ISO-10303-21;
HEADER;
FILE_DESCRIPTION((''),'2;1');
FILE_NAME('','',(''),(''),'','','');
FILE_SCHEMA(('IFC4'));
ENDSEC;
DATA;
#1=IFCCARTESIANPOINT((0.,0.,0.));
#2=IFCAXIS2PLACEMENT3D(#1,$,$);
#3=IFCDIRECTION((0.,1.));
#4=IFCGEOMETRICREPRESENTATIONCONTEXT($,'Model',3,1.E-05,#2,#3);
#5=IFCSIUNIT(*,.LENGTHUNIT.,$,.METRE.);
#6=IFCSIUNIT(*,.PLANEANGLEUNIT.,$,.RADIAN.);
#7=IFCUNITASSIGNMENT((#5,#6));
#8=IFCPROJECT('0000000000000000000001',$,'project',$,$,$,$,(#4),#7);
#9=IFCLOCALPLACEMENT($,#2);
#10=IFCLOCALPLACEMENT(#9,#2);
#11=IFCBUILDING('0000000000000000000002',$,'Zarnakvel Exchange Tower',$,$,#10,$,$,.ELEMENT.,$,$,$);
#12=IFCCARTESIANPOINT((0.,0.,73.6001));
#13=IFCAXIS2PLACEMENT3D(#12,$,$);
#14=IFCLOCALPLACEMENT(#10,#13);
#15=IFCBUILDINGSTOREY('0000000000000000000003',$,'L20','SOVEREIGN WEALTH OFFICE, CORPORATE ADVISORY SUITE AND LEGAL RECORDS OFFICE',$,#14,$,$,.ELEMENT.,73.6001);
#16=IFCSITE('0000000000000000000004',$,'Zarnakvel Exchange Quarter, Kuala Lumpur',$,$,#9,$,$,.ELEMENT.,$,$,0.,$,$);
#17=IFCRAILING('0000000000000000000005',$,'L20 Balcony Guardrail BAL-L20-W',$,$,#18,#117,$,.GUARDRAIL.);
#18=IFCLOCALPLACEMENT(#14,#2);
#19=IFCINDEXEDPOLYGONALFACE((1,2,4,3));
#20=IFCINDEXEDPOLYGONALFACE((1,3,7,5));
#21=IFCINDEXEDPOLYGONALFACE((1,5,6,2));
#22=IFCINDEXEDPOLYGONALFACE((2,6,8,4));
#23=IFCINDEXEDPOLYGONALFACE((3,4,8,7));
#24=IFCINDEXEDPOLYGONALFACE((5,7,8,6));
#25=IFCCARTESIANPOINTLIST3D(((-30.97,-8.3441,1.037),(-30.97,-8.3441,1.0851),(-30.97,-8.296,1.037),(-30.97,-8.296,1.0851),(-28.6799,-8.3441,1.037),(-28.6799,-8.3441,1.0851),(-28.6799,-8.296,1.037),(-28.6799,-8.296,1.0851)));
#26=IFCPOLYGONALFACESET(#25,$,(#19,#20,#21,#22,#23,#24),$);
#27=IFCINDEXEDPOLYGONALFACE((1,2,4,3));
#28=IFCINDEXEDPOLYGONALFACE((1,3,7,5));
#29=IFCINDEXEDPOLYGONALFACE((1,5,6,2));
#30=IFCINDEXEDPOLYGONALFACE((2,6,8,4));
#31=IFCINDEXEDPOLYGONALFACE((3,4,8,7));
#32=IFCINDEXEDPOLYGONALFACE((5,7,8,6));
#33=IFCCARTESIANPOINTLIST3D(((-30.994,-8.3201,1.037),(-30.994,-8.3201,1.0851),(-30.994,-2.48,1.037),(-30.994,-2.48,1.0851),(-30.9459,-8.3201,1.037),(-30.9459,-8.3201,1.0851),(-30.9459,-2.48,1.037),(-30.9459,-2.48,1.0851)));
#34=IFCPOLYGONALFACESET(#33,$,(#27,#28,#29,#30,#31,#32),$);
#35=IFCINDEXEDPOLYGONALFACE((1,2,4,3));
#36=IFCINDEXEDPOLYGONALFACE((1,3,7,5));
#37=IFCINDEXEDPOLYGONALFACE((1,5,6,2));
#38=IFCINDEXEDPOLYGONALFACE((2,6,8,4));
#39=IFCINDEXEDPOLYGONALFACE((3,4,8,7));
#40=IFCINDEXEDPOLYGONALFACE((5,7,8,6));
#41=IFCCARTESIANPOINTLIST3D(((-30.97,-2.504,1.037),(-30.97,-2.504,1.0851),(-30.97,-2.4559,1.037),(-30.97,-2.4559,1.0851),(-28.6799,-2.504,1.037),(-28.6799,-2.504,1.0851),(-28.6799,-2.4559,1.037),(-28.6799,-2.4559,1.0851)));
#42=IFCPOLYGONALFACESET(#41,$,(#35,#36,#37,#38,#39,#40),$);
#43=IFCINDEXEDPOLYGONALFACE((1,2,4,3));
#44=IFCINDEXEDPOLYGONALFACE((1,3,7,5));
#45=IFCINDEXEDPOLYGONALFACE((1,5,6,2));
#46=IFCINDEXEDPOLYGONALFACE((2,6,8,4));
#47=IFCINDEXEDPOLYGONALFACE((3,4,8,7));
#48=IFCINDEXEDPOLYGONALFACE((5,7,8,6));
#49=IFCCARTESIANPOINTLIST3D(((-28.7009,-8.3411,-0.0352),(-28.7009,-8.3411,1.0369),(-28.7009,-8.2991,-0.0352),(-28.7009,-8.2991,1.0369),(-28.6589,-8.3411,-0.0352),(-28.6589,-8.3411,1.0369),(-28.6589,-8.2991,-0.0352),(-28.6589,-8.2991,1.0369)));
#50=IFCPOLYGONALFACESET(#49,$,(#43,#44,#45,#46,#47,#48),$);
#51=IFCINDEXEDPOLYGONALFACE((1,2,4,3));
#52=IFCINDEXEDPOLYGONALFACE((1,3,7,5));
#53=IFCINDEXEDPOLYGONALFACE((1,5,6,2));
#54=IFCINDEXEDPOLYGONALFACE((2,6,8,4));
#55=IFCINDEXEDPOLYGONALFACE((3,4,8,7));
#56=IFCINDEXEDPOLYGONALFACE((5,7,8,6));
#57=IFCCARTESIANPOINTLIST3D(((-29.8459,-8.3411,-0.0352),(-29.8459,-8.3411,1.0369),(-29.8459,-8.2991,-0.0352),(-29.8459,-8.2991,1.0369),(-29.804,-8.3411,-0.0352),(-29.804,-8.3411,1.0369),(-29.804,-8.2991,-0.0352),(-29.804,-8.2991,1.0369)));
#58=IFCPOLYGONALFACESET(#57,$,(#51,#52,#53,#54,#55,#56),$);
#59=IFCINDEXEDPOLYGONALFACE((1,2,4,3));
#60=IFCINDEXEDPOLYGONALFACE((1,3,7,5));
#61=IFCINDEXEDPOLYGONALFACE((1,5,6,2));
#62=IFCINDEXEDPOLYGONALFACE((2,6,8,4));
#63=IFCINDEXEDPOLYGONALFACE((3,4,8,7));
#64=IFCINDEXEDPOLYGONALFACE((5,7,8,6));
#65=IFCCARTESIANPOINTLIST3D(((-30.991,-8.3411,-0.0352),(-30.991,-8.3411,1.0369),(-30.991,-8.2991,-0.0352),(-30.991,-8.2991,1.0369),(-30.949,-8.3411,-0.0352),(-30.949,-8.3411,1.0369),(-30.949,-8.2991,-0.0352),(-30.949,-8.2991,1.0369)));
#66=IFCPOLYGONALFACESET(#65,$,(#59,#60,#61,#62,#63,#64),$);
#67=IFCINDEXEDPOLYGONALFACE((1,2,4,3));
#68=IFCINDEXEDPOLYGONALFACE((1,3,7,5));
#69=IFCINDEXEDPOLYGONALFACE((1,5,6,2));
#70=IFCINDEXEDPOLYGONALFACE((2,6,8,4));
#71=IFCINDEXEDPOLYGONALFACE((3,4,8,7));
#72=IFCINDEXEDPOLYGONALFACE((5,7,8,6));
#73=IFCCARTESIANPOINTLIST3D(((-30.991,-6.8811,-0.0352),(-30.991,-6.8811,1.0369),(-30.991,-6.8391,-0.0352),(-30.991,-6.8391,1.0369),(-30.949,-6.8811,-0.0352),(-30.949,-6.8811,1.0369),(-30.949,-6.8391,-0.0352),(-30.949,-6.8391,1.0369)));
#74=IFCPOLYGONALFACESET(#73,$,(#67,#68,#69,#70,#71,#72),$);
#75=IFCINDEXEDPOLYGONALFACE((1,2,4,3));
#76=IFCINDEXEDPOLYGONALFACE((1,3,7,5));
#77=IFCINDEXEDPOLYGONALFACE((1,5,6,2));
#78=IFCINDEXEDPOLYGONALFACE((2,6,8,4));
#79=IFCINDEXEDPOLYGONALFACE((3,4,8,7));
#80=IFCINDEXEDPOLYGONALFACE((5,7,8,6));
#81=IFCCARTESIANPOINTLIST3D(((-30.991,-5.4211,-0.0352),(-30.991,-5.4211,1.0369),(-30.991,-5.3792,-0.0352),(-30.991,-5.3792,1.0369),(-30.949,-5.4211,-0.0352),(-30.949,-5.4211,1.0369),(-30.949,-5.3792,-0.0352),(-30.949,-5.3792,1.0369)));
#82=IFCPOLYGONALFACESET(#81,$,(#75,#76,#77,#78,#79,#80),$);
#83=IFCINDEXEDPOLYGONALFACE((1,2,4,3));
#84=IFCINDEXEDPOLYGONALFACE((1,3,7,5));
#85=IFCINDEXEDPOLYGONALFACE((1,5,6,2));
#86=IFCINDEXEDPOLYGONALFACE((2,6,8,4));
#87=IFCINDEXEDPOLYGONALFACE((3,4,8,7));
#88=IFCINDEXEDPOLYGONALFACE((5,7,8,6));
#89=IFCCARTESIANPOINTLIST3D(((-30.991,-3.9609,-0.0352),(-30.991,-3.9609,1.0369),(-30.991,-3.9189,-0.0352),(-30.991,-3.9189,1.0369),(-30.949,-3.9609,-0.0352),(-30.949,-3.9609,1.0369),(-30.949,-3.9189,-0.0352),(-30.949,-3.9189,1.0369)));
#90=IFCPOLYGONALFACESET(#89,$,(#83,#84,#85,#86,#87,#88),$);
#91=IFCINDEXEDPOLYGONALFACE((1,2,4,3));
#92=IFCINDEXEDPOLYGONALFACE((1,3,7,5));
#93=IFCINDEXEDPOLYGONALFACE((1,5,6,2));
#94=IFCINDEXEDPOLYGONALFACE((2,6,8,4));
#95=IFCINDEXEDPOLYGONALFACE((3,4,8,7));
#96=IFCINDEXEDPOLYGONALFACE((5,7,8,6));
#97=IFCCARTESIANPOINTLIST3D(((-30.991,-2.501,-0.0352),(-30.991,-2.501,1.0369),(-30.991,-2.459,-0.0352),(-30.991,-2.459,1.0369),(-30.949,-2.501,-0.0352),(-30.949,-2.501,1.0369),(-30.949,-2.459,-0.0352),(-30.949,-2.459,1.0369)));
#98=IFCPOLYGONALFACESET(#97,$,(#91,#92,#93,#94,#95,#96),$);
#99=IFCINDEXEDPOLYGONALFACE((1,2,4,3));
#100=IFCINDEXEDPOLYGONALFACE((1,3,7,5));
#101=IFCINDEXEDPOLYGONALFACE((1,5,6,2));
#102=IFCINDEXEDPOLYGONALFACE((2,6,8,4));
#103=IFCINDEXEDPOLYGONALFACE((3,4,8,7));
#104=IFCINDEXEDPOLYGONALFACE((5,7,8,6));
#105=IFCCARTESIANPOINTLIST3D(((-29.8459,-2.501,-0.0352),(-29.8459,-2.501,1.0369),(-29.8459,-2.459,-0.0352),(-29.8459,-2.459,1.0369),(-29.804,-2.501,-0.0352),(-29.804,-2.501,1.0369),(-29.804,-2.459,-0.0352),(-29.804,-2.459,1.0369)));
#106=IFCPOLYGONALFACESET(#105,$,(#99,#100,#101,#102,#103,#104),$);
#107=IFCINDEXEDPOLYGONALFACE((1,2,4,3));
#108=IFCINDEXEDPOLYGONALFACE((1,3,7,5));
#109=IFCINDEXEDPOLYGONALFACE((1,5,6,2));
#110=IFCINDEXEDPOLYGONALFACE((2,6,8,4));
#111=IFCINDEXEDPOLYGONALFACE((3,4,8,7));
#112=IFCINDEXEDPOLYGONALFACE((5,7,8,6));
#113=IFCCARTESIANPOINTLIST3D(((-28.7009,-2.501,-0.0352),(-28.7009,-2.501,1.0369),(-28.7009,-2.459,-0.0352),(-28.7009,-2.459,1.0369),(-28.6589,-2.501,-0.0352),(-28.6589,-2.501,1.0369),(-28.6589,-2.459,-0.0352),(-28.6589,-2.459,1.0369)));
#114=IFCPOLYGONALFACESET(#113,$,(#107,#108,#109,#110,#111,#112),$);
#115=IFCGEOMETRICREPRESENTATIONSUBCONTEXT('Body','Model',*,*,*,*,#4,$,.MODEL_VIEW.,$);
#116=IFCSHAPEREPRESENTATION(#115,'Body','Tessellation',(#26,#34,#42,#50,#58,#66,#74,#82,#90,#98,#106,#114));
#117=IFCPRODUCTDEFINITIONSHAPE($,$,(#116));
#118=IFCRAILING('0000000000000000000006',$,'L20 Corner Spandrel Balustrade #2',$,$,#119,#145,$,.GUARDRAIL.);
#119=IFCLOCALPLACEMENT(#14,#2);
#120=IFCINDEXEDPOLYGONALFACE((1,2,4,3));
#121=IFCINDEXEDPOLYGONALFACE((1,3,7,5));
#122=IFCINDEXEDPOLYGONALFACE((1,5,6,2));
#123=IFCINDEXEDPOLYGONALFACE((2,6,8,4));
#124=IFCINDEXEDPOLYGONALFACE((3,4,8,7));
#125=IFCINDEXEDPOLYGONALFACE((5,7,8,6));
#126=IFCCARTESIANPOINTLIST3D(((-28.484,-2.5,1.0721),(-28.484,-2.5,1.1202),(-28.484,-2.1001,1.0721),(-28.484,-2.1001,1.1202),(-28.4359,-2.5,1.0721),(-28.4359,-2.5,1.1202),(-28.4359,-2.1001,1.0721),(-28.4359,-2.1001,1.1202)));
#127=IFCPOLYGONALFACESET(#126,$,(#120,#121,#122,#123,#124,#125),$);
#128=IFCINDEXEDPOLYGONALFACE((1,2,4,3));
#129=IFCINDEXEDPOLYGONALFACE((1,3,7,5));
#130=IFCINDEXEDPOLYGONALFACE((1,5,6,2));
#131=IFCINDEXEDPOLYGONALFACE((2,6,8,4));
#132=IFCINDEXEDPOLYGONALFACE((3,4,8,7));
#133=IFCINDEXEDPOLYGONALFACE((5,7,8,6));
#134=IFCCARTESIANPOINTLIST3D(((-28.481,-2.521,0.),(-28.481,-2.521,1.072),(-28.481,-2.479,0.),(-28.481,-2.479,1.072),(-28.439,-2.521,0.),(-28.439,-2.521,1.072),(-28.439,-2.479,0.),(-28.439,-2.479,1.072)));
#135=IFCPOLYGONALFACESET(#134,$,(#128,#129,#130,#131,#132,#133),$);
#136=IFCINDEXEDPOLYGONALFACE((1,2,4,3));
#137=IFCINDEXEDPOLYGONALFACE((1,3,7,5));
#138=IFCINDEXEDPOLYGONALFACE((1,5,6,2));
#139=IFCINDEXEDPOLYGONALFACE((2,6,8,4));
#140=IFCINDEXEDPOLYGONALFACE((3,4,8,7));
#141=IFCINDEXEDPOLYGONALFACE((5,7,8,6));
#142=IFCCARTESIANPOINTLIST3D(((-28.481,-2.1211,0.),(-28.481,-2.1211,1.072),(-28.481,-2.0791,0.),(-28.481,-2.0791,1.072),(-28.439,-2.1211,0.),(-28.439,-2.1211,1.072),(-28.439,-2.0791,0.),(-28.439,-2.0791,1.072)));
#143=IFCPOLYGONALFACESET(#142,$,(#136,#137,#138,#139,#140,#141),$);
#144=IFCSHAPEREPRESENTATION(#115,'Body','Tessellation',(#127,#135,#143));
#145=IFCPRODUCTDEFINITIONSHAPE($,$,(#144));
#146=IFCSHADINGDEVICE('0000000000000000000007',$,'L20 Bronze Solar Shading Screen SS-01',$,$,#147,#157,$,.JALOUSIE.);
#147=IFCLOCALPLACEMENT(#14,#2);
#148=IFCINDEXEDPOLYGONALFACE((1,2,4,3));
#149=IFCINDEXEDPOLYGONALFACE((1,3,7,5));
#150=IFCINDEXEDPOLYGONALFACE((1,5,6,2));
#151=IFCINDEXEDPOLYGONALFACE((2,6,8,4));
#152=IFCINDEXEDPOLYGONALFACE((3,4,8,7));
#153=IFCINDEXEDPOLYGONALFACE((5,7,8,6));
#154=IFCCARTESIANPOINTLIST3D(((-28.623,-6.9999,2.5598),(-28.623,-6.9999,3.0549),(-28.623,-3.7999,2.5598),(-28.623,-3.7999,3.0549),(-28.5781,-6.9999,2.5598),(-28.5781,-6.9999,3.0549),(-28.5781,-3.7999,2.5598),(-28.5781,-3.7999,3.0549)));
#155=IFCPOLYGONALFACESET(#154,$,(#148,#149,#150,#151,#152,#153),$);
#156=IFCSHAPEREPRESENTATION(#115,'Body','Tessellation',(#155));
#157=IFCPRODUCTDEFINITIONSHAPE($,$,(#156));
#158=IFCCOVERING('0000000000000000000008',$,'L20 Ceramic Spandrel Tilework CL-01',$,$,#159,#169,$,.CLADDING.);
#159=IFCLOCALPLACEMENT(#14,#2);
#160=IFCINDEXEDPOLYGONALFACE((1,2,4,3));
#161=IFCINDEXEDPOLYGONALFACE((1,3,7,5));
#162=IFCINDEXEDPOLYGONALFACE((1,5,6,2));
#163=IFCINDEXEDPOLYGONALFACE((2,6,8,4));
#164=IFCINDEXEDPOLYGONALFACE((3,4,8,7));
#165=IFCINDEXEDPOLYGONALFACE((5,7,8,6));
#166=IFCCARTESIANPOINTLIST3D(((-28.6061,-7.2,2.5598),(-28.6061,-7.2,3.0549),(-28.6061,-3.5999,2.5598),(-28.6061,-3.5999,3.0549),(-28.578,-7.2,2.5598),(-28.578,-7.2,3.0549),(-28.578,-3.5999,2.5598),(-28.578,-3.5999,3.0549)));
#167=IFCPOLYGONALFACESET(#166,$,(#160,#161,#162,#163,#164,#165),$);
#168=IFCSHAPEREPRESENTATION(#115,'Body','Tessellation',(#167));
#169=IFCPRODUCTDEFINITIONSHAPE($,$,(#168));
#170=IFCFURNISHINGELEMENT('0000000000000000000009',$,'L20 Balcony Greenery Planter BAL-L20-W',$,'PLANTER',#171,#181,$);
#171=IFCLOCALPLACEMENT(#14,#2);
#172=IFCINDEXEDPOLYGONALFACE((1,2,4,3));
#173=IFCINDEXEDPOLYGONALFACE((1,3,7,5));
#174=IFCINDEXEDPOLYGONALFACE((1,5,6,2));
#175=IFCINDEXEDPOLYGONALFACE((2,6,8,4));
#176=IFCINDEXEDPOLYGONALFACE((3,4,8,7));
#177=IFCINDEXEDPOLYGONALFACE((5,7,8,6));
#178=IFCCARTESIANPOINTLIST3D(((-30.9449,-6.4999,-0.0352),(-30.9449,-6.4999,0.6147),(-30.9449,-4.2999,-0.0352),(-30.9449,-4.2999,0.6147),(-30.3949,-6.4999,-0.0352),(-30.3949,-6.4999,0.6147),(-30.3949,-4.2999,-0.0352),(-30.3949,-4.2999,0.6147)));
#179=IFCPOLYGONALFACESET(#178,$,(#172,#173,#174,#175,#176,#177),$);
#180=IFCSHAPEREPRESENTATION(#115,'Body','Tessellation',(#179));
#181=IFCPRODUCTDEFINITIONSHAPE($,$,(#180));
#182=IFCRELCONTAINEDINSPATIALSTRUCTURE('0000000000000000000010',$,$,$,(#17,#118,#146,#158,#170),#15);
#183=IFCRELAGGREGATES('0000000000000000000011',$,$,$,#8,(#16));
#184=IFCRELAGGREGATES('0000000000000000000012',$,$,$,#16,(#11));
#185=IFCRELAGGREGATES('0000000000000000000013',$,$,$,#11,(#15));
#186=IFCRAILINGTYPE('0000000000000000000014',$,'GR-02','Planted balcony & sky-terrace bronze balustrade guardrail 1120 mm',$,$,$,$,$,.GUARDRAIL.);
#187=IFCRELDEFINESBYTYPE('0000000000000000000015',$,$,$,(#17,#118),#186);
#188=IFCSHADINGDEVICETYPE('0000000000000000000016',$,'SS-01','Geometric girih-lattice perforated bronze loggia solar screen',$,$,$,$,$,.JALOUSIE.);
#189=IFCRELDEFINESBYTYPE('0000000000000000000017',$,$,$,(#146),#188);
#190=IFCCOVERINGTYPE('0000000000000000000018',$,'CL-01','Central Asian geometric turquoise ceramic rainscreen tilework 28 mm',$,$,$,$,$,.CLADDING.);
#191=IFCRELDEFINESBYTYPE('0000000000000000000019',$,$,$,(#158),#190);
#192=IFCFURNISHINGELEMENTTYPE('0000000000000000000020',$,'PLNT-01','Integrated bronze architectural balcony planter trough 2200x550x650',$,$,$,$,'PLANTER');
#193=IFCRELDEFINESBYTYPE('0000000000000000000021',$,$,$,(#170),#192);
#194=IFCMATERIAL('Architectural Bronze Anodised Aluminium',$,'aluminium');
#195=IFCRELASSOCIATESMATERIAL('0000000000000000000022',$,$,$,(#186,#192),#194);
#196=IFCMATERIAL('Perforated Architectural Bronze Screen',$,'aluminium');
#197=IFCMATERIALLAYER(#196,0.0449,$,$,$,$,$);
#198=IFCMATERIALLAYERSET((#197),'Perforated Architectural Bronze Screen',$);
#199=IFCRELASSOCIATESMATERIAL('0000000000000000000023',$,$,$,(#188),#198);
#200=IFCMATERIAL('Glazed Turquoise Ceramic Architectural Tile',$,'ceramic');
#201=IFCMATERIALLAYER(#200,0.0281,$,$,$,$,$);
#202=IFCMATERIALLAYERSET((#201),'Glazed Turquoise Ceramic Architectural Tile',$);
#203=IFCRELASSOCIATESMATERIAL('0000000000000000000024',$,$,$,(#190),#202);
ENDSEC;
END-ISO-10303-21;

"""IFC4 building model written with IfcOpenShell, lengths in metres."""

from ifc_helpers import new_model, si_unit, direction, frame, origin, origin_2d, place, context, subcontext, project, spatial, rectangle, extrude, source, transform, mapped, material, layer, layer_set, type_object, element, save


model = new_model("IFC4")

# Units and contexts
model_context = context("Model", 3, precision=1e-05, world=origin(), true_north=direction((0.0, 1.0)))
body_context = subcontext(model_context, "Body", "Model", "MODEL_VIEW")
ifc_project = project(units=[si_unit("LENGTHUNIT", "METRE"), si_unit("PLANEANGLEUNIT", "RADIAN")], contexts=[model_context])

# Site, building, storey
site_placement = place(None, origin())
site = spatial("IfcSite", under=ifc_project, at=site_placement, Name="Zarnakvel Exchange Quarter, Kuala Lumpur", CompositionType="ELEMENT", RefElevation=0.0)
building_placement = place(site_placement, origin())
building = spatial("IfcBuilding", under=site, at=building_placement, Name="Zarnakvel Exchange Tower", CompositionType="ELEMENT")
storey_placement = place(building_placement, frame((0.0, 0.0, 73.6001)))
storey = spatial("IfcBuildingStorey", under=building, at=storey_placement, Name="L20", Description="SOVEREIGN WEALTH OFFICE, CORPORATE ADVISORY SUITE AND LEGAL RECORDS OFFICE", CompositionType="ELEMENT", Elevation=73.6001)

# Shared definitions
ifc_material_1 = material(Name="Architectural Bronze Anodised Aluminium", Category="aluminium")

# Railings
railing_type = type_object("IfcRailingType", Name="GR-02", Description="Planted balcony & sky-terrace bronze balustrade guardrail 1120 mm", PredefinedType="GUARDRAIL", material=ifc_material_1)
railing_1_placement = place(storey_placement, frame((-28.6799, -8.3201, -0.0352)))
element("IfcRailing", 1, at=railing_1_placement, inside=storey, type_object=railing_type, Name="L20 Balcony Guardrail BAL-L20-W", PredefinedType="GUARDRAIL", context=body_context, shape_type="SweptSolid", body=[
    extrude(rectangle(XDim=0.0481, YDim=0.0481, at=origin_2d()), frame((0.0, 0.0, 1.0962), z_axis=(-1.0, 0.0, 0.0), x_axis=(0.0, -1.0, 0.0)), (0.0, 0.0, 1.0), 2.29),
    extrude(rectangle(XDim=0.0481, YDim=0.0481, at=origin_2d()), frame((-2.29, 0.0, 1.0962), z_axis=(0.0, 1.0, 0.0), x_axis=(-1.0, 0.0, 0.0)), (0.0, 0.0, 1.0), 5.8401),
    extrude(rectangle(XDim=0.0481, YDim=0.0481, at=origin_2d()), frame((-2.29, 5.8401, 1.0962), z_axis=(1.0, 0.0, 0.0), x_axis=(0.0, 1.0, 0.0)), (0.0, 0.0, 1.0), 2.29),
    extrude(rectangle(XDim=0.042, YDim=0.042, at=origin_2d()), origin(), (0.0, 0.0, 1.0), 1.072),
    extrude(rectangle(XDim=0.042, YDim=0.042, at=origin_2d()), frame((-1.145, 0.0, 0.0)), (0.0, 0.0, 1.0), 1.072),
    extrude(rectangle(XDim=0.042, YDim=0.042, at=origin_2d()), frame((-2.29, 0.0, 0.0)), (0.0, 0.0, 1.0), 1.072),
    extrude(rectangle(XDim=0.042, YDim=0.042, at=origin_2d()), frame((-2.29, 1.46, 0.0)), (0.0, 0.0, 1.0), 1.072),
    extrude(rectangle(XDim=0.042, YDim=0.042, at=origin_2d()), frame((-2.29, 2.9199, 0.0)), (0.0, 0.0, 1.0), 1.072),
    extrude(rectangle(XDim=0.042, YDim=0.042, at=origin_2d()), frame((-2.29, 4.3801, 0.0)), (0.0, 0.0, 1.0), 1.072),
    extrude(rectangle(XDim=0.042, YDim=0.042, at=origin_2d()), frame((-2.29, 5.8401, 0.0)), (0.0, 0.0, 1.0), 1.072),
    extrude(rectangle(XDim=0.042, YDim=0.042, at=origin_2d()), frame((-1.145, 5.8401, 0.0)), (0.0, 0.0, 1.0), 1.072),
    extrude(rectangle(XDim=0.042, YDim=0.042, at=origin_2d()), frame((0.0, 5.8401, 0.0)), (0.0, 0.0, 1.0), 1.072),
])
railing_2_placement = place(storey_placement, frame((-28.46, -2.5, 0.0)))
element("IfcRailing", 2, at=railing_2_placement, inside=storey, type_object=railing_type, Name="L20 Corner Spandrel Balustrade #2", PredefinedType="GUARDRAIL", context=body_context, shape_type="SweptSolid", body=[
    extrude(rectangle(XDim=0.0481, YDim=0.0481, at=origin_2d()), frame((0.0, 0.0, 1.0962), z_axis=(0.0, 1.0, 0.0), x_axis=(-1.0, 0.0, 0.0)), (0.0, 0.0, 1.0), 0.3999),
    extrude(rectangle(XDim=0.042, YDim=0.042, at=origin_2d()), origin(), (0.0, 0.0, 1.0), 1.072),
    extrude(rectangle(XDim=0.042, YDim=0.042, at=origin_2d()), frame((0.0, 0.3999, 0.0)), (0.0, 0.0, 1.0), 1.072),
])

# Shading device
ifc_material_2 = material(Name="Perforated Architectural Bronze Screen", Category="aluminium")
ifc_layer_1 = layer(ifc_material_2, 0.0449)
ifc_layer_set_1 = layer_set([ifc_layer_1], Name="Perforated Architectural Bronze Screen")
shading_device_type = type_object("IfcShadingDeviceType", Name="SS-01", Description="Geometric girih-lattice perforated bronze loggia solar screen", PredefinedType="JALOUSIE", material=ifc_layer_set_1)
shared_shape_1 = source(origin(), body_context, "Body", "SweptSolid", [
    extrude(rectangle(XDim=3.2, YDim=0.0449, at=origin_2d()), origin(), (0.0, 0.0, 1.0), 0.4951),
])
shading_device_placement = place(storey_placement, frame((-28.6006, -5.3999, 2.5598), z_axis=(0.0, 0.0, 1.0), x_axis=(0.0, 1.0, 0.0)))
element("IfcShadingDevice", 3, at=shading_device_placement, inside=storey, type_object=shading_device_type, Name="L20 Bronze Solar Shading Screen SS-01", PredefinedType="JALOUSIE", context=body_context, shape_type="MappedRepresentation", body=[
    mapped(shared_shape_1, transform((0.0, 0.0, 0.0), x_axis=(1.0, 0.0, 0.0), y_axis=(0.0, 1.0, 0.0), z_axis=(0.0, 0.0, 1.0), scale=1.0)),
])

# Covering
ifc_material_3 = material(Name="Glazed Turquoise Ceramic Architectural Tile", Category="ceramic")
ifc_layer_2 = layer(ifc_material_3, 0.0281)
ifc_layer_set_2 = layer_set([ifc_layer_2], Name="Glazed Turquoise Ceramic Architectural Tile")
covering_type = type_object("IfcCoveringType", Name="CL-01", Description="Central Asian geometric turquoise ceramic rainscreen tilework 28 mm", PredefinedType="CLADDING", material=ifc_layer_set_2)
shared_shape_2 = source(origin(), body_context, "Body", "SweptSolid", [
    extrude(rectangle(XDim=3.6001, YDim=0.0281, at=origin_2d()), origin(), (0.0, 0.0, 1.0), 0.4951),
])
covering_placement = place(storey_placement, frame((-28.592, -5.3999, 2.5598), z_axis=(0.0, 0.0, 1.0), x_axis=(0.0, 1.0, 0.0)))
element("IfcCovering", 4, at=covering_placement, inside=storey, type_object=covering_type, Name="L20 Ceramic Spandrel Tilework CL-01", PredefinedType="CLADDING", context=body_context, shape_type="MappedRepresentation", body=[
    mapped(shared_shape_2, transform((0.0, 0.0, 0.0), x_axis=(1.0, 0.0, 0.0), y_axis=(0.0, 1.0, 0.0), z_axis=(0.0, 0.0, 1.0), scale=1.0)),
])

# Furnishing element
furnishing_element_type = type_object("IfcFurnishingElementType", Name="PLNT-01", Description="Integrated bronze architectural balcony planter trough 2200x550x650", ElementType="PLANTER", material=ifc_material_1)
shared_shape_3 = source(origin(), body_context, "Body", "SweptSolid", [
    extrude(rectangle(XDim=2.2, YDim=0.55, at=origin_2d()), origin(), (0.0, 0.0, 1.0), 0.6499),
])
furnishing_placement = place(storey_placement, frame((-30.6699, -5.3999, -0.0352), z_axis=(0.0, 0.0, 1.0), x_axis=(0.0, 1.0, 0.0)))
element("IfcFurnishingElement", 5, at=furnishing_placement, inside=storey, type_object=furnishing_element_type, Name="L20 Balcony Greenery Planter BAL-L20-W", ObjectType="PLANTER", context=body_context, shape_type="MappedRepresentation", body=[
    mapped(shared_shape_3, transform((0.0, 0.0, 0.0), x_axis=(1.0, 0.0, 0.0), y_axis=(0.0, 1.0, 0.0), z_axis=(0.0, 0.0, 1.0), scale=1.0)),
])

save(model, "model.ifc")
